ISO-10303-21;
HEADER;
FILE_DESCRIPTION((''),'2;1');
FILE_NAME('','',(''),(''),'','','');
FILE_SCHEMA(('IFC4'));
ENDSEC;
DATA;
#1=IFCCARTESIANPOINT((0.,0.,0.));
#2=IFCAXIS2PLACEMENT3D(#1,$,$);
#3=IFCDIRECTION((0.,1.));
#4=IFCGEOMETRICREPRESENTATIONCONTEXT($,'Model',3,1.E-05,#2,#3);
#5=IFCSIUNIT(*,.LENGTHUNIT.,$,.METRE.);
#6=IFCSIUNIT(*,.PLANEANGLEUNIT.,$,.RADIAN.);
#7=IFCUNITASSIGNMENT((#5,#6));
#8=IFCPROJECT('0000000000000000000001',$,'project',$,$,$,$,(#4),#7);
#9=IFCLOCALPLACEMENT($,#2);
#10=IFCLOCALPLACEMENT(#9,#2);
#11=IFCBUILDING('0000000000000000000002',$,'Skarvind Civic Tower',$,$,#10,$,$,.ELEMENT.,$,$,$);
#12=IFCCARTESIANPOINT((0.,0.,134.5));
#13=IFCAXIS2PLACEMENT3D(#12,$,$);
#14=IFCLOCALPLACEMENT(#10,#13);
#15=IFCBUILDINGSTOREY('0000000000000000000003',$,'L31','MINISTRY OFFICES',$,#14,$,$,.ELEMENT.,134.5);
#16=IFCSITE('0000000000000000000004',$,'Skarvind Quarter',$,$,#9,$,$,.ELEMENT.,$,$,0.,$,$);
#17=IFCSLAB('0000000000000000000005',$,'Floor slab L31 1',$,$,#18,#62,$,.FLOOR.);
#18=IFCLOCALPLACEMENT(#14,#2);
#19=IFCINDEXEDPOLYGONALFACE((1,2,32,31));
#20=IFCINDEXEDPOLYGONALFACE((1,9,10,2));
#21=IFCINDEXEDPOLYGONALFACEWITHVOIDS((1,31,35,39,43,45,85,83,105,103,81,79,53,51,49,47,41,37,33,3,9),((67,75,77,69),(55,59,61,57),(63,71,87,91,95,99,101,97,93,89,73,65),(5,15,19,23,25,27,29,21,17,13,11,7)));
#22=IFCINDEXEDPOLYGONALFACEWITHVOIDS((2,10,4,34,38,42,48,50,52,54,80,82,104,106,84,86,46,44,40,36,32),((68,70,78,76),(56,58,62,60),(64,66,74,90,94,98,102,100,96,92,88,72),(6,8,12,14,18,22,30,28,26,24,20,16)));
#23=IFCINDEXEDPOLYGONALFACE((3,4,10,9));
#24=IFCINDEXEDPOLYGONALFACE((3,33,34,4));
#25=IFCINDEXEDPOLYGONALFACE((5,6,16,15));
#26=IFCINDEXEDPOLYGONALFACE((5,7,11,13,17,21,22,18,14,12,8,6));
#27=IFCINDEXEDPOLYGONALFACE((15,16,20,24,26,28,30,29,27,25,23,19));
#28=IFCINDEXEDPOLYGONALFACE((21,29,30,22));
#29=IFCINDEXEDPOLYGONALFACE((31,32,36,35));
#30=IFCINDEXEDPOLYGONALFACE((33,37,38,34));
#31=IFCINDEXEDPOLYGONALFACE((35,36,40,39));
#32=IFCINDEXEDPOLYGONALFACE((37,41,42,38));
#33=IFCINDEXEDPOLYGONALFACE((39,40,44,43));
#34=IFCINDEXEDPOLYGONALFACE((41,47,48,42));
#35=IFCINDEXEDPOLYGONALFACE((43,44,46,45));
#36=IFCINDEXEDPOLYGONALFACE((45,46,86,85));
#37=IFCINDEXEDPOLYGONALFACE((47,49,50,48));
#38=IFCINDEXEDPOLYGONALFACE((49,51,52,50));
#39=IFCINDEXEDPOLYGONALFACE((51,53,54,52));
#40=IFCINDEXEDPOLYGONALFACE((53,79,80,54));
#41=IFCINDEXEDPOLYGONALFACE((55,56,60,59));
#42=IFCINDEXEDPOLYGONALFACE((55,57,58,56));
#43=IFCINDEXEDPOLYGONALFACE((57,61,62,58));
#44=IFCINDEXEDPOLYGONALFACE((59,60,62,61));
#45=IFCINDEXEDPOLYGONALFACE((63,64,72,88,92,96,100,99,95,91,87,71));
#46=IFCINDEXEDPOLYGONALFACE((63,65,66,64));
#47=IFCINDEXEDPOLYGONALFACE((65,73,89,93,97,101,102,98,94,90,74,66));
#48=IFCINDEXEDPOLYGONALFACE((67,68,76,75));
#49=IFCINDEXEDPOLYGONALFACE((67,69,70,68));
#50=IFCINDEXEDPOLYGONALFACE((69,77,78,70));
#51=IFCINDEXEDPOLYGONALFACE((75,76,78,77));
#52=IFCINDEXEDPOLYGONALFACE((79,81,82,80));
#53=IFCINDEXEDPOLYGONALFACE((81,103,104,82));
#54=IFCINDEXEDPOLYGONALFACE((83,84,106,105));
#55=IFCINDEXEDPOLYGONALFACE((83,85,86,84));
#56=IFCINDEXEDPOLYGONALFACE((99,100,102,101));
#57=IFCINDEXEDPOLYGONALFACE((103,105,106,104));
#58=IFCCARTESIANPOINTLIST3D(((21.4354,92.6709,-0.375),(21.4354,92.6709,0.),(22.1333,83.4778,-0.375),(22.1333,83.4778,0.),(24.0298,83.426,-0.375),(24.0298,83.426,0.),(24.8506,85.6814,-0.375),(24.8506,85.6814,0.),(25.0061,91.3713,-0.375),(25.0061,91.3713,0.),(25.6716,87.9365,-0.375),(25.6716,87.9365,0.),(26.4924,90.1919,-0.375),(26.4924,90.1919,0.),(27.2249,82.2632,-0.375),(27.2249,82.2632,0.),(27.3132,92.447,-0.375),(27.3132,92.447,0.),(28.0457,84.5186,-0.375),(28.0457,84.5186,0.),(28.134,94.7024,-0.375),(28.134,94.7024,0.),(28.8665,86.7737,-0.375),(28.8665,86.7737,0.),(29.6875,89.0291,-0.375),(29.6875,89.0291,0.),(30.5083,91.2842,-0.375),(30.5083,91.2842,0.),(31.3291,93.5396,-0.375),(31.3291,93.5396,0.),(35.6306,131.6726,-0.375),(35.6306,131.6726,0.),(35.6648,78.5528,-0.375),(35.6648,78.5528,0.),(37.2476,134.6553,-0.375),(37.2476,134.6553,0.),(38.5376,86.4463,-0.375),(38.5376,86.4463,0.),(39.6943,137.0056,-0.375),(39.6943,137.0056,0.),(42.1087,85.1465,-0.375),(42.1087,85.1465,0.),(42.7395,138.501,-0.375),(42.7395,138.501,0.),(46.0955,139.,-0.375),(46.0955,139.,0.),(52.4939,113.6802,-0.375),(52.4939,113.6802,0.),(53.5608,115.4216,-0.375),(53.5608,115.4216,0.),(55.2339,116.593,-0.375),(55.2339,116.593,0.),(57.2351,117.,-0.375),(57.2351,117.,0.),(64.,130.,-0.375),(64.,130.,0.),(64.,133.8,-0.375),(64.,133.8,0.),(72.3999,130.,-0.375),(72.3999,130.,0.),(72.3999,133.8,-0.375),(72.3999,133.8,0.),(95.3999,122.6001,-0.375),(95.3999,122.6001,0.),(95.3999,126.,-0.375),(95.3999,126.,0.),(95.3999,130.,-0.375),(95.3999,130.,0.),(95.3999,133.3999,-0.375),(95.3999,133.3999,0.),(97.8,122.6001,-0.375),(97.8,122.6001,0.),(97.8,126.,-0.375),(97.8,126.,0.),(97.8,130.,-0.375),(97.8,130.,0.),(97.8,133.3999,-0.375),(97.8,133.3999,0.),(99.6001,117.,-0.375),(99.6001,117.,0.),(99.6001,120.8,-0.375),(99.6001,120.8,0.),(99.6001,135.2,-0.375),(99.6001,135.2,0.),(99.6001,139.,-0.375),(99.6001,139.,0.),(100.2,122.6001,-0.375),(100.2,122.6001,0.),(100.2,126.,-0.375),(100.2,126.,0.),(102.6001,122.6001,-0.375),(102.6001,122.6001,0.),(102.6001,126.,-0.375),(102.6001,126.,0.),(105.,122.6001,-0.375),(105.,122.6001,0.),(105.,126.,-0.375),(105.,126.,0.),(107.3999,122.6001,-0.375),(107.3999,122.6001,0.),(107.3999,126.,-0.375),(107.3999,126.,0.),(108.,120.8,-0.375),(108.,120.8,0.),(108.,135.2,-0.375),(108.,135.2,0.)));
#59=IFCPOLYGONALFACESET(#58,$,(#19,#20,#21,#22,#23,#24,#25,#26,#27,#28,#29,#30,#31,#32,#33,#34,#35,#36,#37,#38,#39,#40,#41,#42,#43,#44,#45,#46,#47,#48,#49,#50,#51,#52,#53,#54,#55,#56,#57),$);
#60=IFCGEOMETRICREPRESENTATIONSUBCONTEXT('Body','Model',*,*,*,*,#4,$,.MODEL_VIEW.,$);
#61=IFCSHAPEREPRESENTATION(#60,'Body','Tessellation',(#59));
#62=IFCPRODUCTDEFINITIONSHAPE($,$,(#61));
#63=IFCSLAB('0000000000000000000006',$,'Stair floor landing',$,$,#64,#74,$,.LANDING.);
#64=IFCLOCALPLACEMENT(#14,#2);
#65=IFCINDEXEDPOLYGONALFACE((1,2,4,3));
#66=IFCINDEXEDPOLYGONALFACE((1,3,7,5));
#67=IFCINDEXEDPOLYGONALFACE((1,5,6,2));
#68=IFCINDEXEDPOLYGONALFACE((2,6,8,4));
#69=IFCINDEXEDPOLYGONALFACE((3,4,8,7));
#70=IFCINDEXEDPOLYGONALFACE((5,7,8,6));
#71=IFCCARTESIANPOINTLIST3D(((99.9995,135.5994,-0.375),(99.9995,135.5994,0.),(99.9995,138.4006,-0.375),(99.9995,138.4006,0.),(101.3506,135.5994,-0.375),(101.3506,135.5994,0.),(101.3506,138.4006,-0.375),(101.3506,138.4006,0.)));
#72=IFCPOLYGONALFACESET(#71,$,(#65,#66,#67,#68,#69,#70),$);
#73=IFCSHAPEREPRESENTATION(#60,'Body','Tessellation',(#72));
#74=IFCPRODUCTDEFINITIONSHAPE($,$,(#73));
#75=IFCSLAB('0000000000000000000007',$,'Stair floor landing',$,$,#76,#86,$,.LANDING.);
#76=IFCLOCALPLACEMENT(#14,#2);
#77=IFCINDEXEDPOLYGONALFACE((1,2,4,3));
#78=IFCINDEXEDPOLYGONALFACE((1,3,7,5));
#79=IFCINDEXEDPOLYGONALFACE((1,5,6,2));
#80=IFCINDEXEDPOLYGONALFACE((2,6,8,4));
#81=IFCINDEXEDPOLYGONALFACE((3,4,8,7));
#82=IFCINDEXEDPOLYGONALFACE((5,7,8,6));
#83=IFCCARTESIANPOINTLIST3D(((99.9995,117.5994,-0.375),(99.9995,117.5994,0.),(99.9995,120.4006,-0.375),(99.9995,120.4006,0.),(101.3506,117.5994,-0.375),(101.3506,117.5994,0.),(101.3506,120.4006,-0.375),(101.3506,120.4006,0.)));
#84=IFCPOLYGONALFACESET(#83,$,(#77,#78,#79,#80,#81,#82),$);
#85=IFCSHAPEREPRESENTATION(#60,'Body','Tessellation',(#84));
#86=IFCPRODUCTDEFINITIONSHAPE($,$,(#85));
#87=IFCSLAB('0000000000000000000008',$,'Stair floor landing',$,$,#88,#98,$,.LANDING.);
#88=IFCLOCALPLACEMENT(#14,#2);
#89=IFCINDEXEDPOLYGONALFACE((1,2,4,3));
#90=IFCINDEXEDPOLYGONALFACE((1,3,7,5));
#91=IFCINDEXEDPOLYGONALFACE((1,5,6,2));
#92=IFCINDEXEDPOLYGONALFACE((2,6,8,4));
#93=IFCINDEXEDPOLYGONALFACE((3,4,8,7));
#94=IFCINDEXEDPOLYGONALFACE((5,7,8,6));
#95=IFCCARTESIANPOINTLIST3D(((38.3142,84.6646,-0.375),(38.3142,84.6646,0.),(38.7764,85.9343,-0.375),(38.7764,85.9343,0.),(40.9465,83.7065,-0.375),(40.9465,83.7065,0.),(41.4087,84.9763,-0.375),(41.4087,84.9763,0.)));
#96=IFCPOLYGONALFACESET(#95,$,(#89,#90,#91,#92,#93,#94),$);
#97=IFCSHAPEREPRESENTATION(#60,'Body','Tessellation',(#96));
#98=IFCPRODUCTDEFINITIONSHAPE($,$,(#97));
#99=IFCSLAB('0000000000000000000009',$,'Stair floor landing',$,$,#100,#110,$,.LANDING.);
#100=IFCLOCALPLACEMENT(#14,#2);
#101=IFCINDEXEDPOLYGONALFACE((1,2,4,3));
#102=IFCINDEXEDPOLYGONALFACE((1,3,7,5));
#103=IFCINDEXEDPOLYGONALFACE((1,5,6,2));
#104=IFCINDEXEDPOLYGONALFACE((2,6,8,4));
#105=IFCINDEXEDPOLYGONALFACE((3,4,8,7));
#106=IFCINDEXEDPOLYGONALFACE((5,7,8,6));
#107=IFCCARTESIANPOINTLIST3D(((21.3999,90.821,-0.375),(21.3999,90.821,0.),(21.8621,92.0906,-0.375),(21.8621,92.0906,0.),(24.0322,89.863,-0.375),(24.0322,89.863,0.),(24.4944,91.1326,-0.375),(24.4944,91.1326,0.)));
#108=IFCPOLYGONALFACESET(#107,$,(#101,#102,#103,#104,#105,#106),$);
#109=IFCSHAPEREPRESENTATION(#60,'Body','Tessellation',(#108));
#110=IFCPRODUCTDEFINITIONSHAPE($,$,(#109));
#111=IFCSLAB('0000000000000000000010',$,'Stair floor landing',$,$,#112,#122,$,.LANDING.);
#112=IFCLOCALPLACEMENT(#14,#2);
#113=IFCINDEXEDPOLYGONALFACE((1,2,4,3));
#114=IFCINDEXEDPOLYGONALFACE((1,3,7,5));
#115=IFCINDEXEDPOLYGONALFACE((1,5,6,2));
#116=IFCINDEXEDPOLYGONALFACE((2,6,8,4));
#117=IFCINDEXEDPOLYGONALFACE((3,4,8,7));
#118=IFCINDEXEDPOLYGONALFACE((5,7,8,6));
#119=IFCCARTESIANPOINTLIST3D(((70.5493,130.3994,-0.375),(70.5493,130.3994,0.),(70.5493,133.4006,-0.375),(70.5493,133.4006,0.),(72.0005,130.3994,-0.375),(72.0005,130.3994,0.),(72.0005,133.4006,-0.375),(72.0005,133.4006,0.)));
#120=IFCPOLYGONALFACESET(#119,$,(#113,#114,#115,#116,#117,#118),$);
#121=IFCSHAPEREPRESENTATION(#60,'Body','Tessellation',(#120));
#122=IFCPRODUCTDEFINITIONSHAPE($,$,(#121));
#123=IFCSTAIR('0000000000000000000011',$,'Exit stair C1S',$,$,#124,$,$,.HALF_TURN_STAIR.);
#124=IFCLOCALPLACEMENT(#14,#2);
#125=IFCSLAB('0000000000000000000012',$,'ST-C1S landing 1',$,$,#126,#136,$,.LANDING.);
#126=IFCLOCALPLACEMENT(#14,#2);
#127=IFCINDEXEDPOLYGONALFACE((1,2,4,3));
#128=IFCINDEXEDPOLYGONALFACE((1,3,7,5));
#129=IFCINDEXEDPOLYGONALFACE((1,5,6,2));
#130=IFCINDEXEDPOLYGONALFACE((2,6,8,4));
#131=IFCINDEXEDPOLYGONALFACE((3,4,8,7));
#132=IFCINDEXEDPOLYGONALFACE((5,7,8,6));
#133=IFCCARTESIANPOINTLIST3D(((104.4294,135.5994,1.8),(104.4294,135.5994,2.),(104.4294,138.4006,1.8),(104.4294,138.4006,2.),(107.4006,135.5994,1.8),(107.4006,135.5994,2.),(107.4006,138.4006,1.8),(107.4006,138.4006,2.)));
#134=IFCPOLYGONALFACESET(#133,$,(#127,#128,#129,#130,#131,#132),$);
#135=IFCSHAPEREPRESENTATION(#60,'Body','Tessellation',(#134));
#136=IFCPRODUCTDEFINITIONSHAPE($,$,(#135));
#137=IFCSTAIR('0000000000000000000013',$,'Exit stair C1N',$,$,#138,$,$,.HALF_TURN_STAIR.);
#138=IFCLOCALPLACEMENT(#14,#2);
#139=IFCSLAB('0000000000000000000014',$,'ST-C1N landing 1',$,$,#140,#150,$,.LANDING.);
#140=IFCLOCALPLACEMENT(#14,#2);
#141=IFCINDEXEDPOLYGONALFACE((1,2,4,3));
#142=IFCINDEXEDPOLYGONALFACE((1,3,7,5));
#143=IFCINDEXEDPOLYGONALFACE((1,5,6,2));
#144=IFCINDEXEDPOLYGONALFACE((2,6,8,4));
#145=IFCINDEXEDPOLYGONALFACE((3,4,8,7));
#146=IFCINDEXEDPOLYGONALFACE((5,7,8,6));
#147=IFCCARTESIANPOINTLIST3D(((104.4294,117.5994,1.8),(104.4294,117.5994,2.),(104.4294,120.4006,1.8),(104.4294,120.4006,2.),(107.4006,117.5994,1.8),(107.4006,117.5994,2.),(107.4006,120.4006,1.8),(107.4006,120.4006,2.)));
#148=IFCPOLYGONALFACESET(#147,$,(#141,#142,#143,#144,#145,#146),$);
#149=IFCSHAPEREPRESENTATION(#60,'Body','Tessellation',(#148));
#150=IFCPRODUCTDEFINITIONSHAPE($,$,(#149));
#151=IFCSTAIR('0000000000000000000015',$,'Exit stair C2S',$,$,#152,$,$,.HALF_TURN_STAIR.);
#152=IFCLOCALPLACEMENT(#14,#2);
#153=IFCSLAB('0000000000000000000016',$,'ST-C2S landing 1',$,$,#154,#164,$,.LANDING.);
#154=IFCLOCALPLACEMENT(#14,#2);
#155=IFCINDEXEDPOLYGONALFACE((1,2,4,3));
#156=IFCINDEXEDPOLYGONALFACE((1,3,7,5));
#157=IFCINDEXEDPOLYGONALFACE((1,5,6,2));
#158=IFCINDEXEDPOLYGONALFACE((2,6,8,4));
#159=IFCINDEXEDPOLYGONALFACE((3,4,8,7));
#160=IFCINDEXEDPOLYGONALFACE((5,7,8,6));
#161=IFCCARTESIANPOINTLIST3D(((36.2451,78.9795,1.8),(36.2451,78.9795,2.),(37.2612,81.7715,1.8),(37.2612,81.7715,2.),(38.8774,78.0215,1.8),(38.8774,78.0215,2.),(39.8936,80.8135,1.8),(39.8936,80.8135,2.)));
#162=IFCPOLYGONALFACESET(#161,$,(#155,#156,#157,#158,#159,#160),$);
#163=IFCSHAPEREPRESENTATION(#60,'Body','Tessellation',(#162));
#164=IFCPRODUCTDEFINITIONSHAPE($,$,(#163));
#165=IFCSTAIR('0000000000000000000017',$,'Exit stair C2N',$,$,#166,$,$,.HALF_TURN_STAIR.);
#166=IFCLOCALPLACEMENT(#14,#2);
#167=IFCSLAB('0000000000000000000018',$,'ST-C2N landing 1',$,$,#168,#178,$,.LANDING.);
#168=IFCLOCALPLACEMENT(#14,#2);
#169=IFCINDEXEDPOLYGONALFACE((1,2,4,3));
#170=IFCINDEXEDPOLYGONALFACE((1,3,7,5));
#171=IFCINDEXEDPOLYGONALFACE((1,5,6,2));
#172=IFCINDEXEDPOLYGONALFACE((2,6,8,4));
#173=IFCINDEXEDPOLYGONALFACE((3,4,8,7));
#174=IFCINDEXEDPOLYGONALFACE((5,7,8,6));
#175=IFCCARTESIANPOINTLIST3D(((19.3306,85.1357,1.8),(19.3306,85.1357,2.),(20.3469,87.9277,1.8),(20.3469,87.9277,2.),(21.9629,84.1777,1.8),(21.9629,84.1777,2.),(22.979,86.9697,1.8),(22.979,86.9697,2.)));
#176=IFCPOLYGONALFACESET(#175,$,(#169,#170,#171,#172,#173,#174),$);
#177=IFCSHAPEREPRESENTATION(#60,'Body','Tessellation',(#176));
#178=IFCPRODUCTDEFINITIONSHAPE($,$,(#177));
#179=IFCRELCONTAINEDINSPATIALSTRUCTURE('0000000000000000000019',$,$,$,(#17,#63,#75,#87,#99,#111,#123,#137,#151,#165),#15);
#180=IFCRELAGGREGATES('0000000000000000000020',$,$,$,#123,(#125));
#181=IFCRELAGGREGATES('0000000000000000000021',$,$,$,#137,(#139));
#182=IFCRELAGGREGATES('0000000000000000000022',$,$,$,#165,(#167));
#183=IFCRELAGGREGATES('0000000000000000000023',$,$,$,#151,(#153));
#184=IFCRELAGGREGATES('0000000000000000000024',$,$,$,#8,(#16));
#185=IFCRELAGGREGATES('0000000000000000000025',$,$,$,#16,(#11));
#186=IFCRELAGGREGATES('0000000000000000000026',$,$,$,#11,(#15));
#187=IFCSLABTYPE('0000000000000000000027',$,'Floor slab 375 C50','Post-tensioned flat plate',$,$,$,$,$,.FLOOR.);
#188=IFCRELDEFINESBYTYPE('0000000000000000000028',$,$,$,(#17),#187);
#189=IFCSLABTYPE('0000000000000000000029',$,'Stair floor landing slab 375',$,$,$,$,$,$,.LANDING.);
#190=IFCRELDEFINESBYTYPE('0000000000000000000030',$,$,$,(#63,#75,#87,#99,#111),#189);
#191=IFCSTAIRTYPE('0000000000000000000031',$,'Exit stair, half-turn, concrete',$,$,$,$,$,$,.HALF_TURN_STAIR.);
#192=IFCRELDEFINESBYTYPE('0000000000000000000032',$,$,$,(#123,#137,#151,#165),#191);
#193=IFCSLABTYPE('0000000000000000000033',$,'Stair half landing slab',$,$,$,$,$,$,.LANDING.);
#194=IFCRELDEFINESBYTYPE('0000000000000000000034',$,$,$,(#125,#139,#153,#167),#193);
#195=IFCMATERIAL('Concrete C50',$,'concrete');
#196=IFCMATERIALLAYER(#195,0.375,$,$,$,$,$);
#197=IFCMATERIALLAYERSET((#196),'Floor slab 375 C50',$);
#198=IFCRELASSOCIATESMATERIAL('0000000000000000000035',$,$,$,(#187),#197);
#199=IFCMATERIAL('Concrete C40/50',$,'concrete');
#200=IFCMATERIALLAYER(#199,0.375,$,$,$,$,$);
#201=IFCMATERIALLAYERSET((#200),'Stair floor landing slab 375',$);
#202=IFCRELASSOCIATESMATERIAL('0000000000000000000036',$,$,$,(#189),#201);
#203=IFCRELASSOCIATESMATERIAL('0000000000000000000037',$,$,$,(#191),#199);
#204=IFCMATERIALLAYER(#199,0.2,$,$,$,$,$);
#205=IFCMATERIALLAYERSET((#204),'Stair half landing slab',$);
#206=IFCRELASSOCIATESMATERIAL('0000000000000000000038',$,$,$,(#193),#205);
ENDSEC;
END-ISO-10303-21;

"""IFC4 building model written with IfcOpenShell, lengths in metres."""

from ifc_helpers import new_model, si_unit, direction, frame, origin, place, context, subcontext, project, spatial, polyline, outline, extrude, material, layer, layer_set, type_object, element, aggregate, save


model = new_model("IFC4")

# Units and contexts
model_context = context("Model", 3, precision=1e-05, world=origin(), true_north=direction((0.0, 1.0)))
body_context = subcontext(model_context, "Body", "Model", "MODEL_VIEW")
ifc_project = project(units=[si_unit("LENGTHUNIT", "METRE"), si_unit("PLANEANGLEUNIT", "RADIAN")], contexts=[model_context])

# Site, building, storey
site_placement = place(None, origin())
site = spatial("IfcSite", under=ifc_project, at=site_placement, Name="Skarvind Quarter", CompositionType="ELEMENT", RefElevation=0.0)
building_placement = place(site_placement, origin())
building = spatial("IfcBuilding", under=site, at=building_placement, Name="Skarvind Civic Tower", CompositionType="ELEMENT")
storey_placement = place(building_placement, frame((0.0, 0.0, 134.5)))
storey = spatial("IfcBuildingStorey", under=building, at=storey_placement, Name="L31", Description="MINISTRY OFFICES", CompositionType="ELEMENT", Elevation=134.5)

# Slabs
ifc_material_1 = material(Name="Concrete C50", Category="concrete")
ifc_layer_1 = layer(ifc_material_1, 0.375)
ifc_layer_set_1 = layer_set([ifc_layer_1], Name="Floor slab 375 C50")
slab_type_1 = type_object("IfcSlabType", Name="Floor slab 375 C50", Description="Post-tensioned flat plate", PredefinedType="FLOOR", material=ifc_layer_set_1)
slab_1_placement = place(storey_placement, frame((0.0, 0.0, -0.375)))
element("IfcSlab", 1, at=slab_1_placement, inside=storey, type_object=slab_type_1, Name="Floor slab L31 1", PredefinedType="FLOOR", context=body_context, shape_type="SweptSolid", body=[
    extrude(outline(polyline([(99.6001, 117.0), (99.6001, 120.8), (108.0, 120.8), (108.0, 135.2), (99.6001, 135.2), (99.6001, 139.0), (46.0955, 139.0), (42.7395, 138.501), (39.6943, 137.0056), (37.2476, 134.6553), (35.6306, 131.6726), (19.4175, 87.1267), (21.4353, 92.6709), (25.0061, 91.3713), (22.1333, 83.4778), (36.8865, 78.1082), (35.6648, 78.5527), (38.5376, 86.4463), (42.1086, 85.1465), (40.0908, 79.6023), (40.0908, 79.6023), (52.4939, 113.6802), (53.5608, 115.4216), (55.2339, 116.593), (57.2351, 117.0), (99.6001, 117.0)]), holes=[polyline([(25.6716, 87.9365), (26.4924, 90.1919), (27.3132, 92.447), (28.134, 94.7024), (31.3291, 93.5396), (30.5083, 91.2842), (29.6875, 89.0291), (28.8665, 86.7737), (28.8665, 86.7737), (28.0457, 84.5186), (27.2249, 82.2632), (24.0298, 83.426), (24.8506, 85.6814), (25.6716, 87.9365), (25.6716, 87.9365)]), polyline([(64.0, 130.0), (64.0, 133.8), (72.3999, 133.8), (72.3999, 130.0), (64.0, 130.0)]), polyline([(97.8, 126.0), (100.2, 126.0), (102.6001, 126.0), (105.0, 126.0), (107.3999, 126.0), (107.3999, 122.6001), (105.0, 122.6001), (102.6001, 122.6001), (100.2, 122.6001), (97.8, 122.6001), (95.3999, 122.6001), (95.3999, 126.0), (97.8, 126.0)]), polyline([(97.8, 133.3999), (97.8, 130.0), (95.3999, 130.0), (95.3999, 133.3999), (97.8, 133.3999)])]), origin(), (0.0, 0.0, 1.0), 0.375),
])
ifc_material_2 = material(Name="Concrete C40/50", Category="concrete")
ifc_layer_2 = layer(ifc_material_2, 0.375)
ifc_layer_set_2 = layer_set([ifc_layer_2], Name="Stair floor landing slab 375")
slab_type_2 = type_object("IfcSlabType", Name="Stair floor landing slab 375", PredefinedType="LANDING", material=ifc_layer_set_2)
slab_2_placement = place(storey_placement, frame((0.0, 0.0, -0.375)))
element("IfcSlab", 2, at=slab_2_placement, inside=storey, type_object=slab_type_2, Name="Stair floor landing", PredefinedType="LANDING", context=body_context, shape_type="SweptSolid", body=[
    extrude(outline(polyline([(101.3506, 138.4006), (101.3506, 135.5994), (99.9995, 135.5994), (99.9995, 138.4006), (101.3506, 138.4006)])), origin(), (0.0, 0.0, 1.0), 0.375),
])
slab_3_placement = place(storey_placement, frame((0.0, 0.0, -0.375)))
element("IfcSlab", 3, at=slab_3_placement, inside=storey, type_object=slab_type_2, Name="Stair floor landing", PredefinedType="LANDING", context=body_context, shape_type="SweptSolid", body=[
    extrude(outline(polyline([(101.3506, 120.4006), (101.3506, 117.5994), (99.9995, 117.5994), (99.9995, 120.4006), (101.3506, 120.4006)])), origin(), (0.0, 0.0, 1.0), 0.375),
])
slab_4_placement = place(storey_placement, frame((0.0, 0.0, -0.375)))
element("IfcSlab", 4, at=slab_4_placement, inside=storey, type_object=slab_type_2, Name="Stair floor landing", PredefinedType="LANDING", context=body_context, shape_type="SweptSolid", body=[
    extrude(outline(polyline([(40.9465, 83.7065), (38.3142, 84.6646), (38.7764, 85.9343), (41.4087, 84.9763), (40.9465, 83.7065)])), origin(), (0.0, 0.0, 1.0), 0.375),
])
slab_5_placement = place(storey_placement, frame((0.0, 0.0, -0.375)))
element("IfcSlab", 5, at=slab_5_placement, inside=storey, type_object=slab_type_2, Name="Stair floor landing", PredefinedType="LANDING", context=body_context, shape_type="SweptSolid", body=[
    extrude(outline(polyline([(24.0322, 89.863), (21.3999, 90.821), (21.8621, 92.0906), (24.4944, 91.1326), (24.0322, 89.863)])), origin(), (0.0, 0.0, 1.0), 0.375),
])
slab_6_placement = place(storey_placement, frame((0.0, 0.0, -0.375)))
element("IfcSlab", 6, at=slab_6_placement, inside=storey, type_object=slab_type_2, Name="Stair floor landing", PredefinedType="LANDING", context=body_context, shape_type="SweptSolid", body=[
    extrude(outline(polyline([(70.5493, 130.3994), (70.5493, 133.4006), (72.0005, 133.4006), (72.0005, 130.3994), (70.5493, 130.3994)])), origin(), (0.0, 0.0, 1.0), 0.375),
])

# Stairs, slabs
stair_type_1 = type_object("IfcStairType", Name="Exit stair, half-turn, concrete", PredefinedType="HALF_TURN_STAIR", material=ifc_material_2)
stair_1_placement = place(storey_placement, origin())
stair_1 = element("IfcStair", 7, at=stair_1_placement, inside=storey, type_object=stair_type_1, Name="Exit stair C1S", PredefinedType="HALF_TURN_STAIR")
ifc_layer_3 = layer(ifc_material_2, 0.2)
ifc_layer_set_3 = layer_set([ifc_layer_3], Name="Stair half landing slab")
slab_type_3 = type_object("IfcSlabType", Name="Stair half landing slab", PredefinedType="LANDING", material=ifc_layer_set_3)
slab_7_placement = place(storey_placement, frame((0.0, 0.0, 1.8)))
slab_7 = element("IfcSlab", 8, at=slab_7_placement, type_object=slab_type_3, Name="ST-C1S landing 1", PredefinedType="LANDING", context=body_context, shape_type="SweptSolid", body=[
    extrude(outline(polyline([(104.4294, 135.5994), (104.4294, 138.4006), (107.4006, 138.4006), (107.4006, 135.5994), (104.4294, 135.5994)])), origin(), (0.0, 0.0, 1.0), 0.2),
])
aggregate(stair_1, [slab_7])
stair_2_placement = place(storey_placement, origin())
stair_2 = element("IfcStair", 9, at=stair_2_placement, inside=storey, type_object=stair_type_1, Name="Exit stair C1N", PredefinedType="HALF_TURN_STAIR")
slab_8_placement = place(storey_placement, frame((0.0, 0.0, 1.8)))
slab_8 = element("IfcSlab", 10, at=slab_8_placement, type_object=slab_type_3, Name="ST-C1N landing 1", PredefinedType="LANDING", context=body_context, shape_type="SweptSolid", body=[
    extrude(outline(polyline([(104.4294, 117.5994), (104.4294, 120.4006), (107.4006, 120.4006), (107.4006, 117.5994), (104.4294, 117.5994)])), origin(), (0.0, 0.0, 1.0), 0.2),
])
aggregate(stair_2, [slab_8])
stair_3_placement = place(storey_placement, origin())
stair_3 = element("IfcStair", 11, at=stair_3_placement, inside=storey, type_object=stair_type_1, Name="Exit stair C2S", PredefinedType="HALF_TURN_STAIR")
slab_9_placement = place(storey_placement, frame((0.0, 0.0, 1.8)))
slab_9 = element("IfcSlab", 12, at=slab_9_placement, type_object=slab_type_3, Name="ST-C2S landing 1", PredefinedType="LANDING", context=body_context, shape_type="SweptSolid", body=[
    extrude(outline(polyline([(37.2612, 81.7715), (39.8936, 80.8135), (38.8774, 78.0215), (36.2451, 78.9795), (37.2612, 81.7715)])), origin(), (0.0, 0.0, 1.0), 0.2),
])
stair_4_placement = place(storey_placement, origin())
stair_4 = element("IfcStair", 13, at=stair_4_placement, inside=storey, type_object=stair_type_1, Name="Exit stair C2N", PredefinedType="HALF_TURN_STAIR")
slab_10_placement = place(storey_placement, frame((0.0, 0.0, 1.8)))
slab_10 = element("IfcSlab", 14, at=slab_10_placement, type_object=slab_type_3, Name="ST-C2N landing 1", PredefinedType="LANDING", context=body_context, shape_type="SweptSolid", body=[
    extrude(outline(polyline([(20.3469, 87.9277), (22.979, 86.9697), (21.9629, 84.1777), (19.3306, 85.1357), (20.3469, 87.9277)])), origin(), (0.0, 0.0, 1.0), 0.2),
])
aggregate(stair_4, [slab_10])

aggregate(stair_3, [slab_9])

save(model, "model.ifc")
